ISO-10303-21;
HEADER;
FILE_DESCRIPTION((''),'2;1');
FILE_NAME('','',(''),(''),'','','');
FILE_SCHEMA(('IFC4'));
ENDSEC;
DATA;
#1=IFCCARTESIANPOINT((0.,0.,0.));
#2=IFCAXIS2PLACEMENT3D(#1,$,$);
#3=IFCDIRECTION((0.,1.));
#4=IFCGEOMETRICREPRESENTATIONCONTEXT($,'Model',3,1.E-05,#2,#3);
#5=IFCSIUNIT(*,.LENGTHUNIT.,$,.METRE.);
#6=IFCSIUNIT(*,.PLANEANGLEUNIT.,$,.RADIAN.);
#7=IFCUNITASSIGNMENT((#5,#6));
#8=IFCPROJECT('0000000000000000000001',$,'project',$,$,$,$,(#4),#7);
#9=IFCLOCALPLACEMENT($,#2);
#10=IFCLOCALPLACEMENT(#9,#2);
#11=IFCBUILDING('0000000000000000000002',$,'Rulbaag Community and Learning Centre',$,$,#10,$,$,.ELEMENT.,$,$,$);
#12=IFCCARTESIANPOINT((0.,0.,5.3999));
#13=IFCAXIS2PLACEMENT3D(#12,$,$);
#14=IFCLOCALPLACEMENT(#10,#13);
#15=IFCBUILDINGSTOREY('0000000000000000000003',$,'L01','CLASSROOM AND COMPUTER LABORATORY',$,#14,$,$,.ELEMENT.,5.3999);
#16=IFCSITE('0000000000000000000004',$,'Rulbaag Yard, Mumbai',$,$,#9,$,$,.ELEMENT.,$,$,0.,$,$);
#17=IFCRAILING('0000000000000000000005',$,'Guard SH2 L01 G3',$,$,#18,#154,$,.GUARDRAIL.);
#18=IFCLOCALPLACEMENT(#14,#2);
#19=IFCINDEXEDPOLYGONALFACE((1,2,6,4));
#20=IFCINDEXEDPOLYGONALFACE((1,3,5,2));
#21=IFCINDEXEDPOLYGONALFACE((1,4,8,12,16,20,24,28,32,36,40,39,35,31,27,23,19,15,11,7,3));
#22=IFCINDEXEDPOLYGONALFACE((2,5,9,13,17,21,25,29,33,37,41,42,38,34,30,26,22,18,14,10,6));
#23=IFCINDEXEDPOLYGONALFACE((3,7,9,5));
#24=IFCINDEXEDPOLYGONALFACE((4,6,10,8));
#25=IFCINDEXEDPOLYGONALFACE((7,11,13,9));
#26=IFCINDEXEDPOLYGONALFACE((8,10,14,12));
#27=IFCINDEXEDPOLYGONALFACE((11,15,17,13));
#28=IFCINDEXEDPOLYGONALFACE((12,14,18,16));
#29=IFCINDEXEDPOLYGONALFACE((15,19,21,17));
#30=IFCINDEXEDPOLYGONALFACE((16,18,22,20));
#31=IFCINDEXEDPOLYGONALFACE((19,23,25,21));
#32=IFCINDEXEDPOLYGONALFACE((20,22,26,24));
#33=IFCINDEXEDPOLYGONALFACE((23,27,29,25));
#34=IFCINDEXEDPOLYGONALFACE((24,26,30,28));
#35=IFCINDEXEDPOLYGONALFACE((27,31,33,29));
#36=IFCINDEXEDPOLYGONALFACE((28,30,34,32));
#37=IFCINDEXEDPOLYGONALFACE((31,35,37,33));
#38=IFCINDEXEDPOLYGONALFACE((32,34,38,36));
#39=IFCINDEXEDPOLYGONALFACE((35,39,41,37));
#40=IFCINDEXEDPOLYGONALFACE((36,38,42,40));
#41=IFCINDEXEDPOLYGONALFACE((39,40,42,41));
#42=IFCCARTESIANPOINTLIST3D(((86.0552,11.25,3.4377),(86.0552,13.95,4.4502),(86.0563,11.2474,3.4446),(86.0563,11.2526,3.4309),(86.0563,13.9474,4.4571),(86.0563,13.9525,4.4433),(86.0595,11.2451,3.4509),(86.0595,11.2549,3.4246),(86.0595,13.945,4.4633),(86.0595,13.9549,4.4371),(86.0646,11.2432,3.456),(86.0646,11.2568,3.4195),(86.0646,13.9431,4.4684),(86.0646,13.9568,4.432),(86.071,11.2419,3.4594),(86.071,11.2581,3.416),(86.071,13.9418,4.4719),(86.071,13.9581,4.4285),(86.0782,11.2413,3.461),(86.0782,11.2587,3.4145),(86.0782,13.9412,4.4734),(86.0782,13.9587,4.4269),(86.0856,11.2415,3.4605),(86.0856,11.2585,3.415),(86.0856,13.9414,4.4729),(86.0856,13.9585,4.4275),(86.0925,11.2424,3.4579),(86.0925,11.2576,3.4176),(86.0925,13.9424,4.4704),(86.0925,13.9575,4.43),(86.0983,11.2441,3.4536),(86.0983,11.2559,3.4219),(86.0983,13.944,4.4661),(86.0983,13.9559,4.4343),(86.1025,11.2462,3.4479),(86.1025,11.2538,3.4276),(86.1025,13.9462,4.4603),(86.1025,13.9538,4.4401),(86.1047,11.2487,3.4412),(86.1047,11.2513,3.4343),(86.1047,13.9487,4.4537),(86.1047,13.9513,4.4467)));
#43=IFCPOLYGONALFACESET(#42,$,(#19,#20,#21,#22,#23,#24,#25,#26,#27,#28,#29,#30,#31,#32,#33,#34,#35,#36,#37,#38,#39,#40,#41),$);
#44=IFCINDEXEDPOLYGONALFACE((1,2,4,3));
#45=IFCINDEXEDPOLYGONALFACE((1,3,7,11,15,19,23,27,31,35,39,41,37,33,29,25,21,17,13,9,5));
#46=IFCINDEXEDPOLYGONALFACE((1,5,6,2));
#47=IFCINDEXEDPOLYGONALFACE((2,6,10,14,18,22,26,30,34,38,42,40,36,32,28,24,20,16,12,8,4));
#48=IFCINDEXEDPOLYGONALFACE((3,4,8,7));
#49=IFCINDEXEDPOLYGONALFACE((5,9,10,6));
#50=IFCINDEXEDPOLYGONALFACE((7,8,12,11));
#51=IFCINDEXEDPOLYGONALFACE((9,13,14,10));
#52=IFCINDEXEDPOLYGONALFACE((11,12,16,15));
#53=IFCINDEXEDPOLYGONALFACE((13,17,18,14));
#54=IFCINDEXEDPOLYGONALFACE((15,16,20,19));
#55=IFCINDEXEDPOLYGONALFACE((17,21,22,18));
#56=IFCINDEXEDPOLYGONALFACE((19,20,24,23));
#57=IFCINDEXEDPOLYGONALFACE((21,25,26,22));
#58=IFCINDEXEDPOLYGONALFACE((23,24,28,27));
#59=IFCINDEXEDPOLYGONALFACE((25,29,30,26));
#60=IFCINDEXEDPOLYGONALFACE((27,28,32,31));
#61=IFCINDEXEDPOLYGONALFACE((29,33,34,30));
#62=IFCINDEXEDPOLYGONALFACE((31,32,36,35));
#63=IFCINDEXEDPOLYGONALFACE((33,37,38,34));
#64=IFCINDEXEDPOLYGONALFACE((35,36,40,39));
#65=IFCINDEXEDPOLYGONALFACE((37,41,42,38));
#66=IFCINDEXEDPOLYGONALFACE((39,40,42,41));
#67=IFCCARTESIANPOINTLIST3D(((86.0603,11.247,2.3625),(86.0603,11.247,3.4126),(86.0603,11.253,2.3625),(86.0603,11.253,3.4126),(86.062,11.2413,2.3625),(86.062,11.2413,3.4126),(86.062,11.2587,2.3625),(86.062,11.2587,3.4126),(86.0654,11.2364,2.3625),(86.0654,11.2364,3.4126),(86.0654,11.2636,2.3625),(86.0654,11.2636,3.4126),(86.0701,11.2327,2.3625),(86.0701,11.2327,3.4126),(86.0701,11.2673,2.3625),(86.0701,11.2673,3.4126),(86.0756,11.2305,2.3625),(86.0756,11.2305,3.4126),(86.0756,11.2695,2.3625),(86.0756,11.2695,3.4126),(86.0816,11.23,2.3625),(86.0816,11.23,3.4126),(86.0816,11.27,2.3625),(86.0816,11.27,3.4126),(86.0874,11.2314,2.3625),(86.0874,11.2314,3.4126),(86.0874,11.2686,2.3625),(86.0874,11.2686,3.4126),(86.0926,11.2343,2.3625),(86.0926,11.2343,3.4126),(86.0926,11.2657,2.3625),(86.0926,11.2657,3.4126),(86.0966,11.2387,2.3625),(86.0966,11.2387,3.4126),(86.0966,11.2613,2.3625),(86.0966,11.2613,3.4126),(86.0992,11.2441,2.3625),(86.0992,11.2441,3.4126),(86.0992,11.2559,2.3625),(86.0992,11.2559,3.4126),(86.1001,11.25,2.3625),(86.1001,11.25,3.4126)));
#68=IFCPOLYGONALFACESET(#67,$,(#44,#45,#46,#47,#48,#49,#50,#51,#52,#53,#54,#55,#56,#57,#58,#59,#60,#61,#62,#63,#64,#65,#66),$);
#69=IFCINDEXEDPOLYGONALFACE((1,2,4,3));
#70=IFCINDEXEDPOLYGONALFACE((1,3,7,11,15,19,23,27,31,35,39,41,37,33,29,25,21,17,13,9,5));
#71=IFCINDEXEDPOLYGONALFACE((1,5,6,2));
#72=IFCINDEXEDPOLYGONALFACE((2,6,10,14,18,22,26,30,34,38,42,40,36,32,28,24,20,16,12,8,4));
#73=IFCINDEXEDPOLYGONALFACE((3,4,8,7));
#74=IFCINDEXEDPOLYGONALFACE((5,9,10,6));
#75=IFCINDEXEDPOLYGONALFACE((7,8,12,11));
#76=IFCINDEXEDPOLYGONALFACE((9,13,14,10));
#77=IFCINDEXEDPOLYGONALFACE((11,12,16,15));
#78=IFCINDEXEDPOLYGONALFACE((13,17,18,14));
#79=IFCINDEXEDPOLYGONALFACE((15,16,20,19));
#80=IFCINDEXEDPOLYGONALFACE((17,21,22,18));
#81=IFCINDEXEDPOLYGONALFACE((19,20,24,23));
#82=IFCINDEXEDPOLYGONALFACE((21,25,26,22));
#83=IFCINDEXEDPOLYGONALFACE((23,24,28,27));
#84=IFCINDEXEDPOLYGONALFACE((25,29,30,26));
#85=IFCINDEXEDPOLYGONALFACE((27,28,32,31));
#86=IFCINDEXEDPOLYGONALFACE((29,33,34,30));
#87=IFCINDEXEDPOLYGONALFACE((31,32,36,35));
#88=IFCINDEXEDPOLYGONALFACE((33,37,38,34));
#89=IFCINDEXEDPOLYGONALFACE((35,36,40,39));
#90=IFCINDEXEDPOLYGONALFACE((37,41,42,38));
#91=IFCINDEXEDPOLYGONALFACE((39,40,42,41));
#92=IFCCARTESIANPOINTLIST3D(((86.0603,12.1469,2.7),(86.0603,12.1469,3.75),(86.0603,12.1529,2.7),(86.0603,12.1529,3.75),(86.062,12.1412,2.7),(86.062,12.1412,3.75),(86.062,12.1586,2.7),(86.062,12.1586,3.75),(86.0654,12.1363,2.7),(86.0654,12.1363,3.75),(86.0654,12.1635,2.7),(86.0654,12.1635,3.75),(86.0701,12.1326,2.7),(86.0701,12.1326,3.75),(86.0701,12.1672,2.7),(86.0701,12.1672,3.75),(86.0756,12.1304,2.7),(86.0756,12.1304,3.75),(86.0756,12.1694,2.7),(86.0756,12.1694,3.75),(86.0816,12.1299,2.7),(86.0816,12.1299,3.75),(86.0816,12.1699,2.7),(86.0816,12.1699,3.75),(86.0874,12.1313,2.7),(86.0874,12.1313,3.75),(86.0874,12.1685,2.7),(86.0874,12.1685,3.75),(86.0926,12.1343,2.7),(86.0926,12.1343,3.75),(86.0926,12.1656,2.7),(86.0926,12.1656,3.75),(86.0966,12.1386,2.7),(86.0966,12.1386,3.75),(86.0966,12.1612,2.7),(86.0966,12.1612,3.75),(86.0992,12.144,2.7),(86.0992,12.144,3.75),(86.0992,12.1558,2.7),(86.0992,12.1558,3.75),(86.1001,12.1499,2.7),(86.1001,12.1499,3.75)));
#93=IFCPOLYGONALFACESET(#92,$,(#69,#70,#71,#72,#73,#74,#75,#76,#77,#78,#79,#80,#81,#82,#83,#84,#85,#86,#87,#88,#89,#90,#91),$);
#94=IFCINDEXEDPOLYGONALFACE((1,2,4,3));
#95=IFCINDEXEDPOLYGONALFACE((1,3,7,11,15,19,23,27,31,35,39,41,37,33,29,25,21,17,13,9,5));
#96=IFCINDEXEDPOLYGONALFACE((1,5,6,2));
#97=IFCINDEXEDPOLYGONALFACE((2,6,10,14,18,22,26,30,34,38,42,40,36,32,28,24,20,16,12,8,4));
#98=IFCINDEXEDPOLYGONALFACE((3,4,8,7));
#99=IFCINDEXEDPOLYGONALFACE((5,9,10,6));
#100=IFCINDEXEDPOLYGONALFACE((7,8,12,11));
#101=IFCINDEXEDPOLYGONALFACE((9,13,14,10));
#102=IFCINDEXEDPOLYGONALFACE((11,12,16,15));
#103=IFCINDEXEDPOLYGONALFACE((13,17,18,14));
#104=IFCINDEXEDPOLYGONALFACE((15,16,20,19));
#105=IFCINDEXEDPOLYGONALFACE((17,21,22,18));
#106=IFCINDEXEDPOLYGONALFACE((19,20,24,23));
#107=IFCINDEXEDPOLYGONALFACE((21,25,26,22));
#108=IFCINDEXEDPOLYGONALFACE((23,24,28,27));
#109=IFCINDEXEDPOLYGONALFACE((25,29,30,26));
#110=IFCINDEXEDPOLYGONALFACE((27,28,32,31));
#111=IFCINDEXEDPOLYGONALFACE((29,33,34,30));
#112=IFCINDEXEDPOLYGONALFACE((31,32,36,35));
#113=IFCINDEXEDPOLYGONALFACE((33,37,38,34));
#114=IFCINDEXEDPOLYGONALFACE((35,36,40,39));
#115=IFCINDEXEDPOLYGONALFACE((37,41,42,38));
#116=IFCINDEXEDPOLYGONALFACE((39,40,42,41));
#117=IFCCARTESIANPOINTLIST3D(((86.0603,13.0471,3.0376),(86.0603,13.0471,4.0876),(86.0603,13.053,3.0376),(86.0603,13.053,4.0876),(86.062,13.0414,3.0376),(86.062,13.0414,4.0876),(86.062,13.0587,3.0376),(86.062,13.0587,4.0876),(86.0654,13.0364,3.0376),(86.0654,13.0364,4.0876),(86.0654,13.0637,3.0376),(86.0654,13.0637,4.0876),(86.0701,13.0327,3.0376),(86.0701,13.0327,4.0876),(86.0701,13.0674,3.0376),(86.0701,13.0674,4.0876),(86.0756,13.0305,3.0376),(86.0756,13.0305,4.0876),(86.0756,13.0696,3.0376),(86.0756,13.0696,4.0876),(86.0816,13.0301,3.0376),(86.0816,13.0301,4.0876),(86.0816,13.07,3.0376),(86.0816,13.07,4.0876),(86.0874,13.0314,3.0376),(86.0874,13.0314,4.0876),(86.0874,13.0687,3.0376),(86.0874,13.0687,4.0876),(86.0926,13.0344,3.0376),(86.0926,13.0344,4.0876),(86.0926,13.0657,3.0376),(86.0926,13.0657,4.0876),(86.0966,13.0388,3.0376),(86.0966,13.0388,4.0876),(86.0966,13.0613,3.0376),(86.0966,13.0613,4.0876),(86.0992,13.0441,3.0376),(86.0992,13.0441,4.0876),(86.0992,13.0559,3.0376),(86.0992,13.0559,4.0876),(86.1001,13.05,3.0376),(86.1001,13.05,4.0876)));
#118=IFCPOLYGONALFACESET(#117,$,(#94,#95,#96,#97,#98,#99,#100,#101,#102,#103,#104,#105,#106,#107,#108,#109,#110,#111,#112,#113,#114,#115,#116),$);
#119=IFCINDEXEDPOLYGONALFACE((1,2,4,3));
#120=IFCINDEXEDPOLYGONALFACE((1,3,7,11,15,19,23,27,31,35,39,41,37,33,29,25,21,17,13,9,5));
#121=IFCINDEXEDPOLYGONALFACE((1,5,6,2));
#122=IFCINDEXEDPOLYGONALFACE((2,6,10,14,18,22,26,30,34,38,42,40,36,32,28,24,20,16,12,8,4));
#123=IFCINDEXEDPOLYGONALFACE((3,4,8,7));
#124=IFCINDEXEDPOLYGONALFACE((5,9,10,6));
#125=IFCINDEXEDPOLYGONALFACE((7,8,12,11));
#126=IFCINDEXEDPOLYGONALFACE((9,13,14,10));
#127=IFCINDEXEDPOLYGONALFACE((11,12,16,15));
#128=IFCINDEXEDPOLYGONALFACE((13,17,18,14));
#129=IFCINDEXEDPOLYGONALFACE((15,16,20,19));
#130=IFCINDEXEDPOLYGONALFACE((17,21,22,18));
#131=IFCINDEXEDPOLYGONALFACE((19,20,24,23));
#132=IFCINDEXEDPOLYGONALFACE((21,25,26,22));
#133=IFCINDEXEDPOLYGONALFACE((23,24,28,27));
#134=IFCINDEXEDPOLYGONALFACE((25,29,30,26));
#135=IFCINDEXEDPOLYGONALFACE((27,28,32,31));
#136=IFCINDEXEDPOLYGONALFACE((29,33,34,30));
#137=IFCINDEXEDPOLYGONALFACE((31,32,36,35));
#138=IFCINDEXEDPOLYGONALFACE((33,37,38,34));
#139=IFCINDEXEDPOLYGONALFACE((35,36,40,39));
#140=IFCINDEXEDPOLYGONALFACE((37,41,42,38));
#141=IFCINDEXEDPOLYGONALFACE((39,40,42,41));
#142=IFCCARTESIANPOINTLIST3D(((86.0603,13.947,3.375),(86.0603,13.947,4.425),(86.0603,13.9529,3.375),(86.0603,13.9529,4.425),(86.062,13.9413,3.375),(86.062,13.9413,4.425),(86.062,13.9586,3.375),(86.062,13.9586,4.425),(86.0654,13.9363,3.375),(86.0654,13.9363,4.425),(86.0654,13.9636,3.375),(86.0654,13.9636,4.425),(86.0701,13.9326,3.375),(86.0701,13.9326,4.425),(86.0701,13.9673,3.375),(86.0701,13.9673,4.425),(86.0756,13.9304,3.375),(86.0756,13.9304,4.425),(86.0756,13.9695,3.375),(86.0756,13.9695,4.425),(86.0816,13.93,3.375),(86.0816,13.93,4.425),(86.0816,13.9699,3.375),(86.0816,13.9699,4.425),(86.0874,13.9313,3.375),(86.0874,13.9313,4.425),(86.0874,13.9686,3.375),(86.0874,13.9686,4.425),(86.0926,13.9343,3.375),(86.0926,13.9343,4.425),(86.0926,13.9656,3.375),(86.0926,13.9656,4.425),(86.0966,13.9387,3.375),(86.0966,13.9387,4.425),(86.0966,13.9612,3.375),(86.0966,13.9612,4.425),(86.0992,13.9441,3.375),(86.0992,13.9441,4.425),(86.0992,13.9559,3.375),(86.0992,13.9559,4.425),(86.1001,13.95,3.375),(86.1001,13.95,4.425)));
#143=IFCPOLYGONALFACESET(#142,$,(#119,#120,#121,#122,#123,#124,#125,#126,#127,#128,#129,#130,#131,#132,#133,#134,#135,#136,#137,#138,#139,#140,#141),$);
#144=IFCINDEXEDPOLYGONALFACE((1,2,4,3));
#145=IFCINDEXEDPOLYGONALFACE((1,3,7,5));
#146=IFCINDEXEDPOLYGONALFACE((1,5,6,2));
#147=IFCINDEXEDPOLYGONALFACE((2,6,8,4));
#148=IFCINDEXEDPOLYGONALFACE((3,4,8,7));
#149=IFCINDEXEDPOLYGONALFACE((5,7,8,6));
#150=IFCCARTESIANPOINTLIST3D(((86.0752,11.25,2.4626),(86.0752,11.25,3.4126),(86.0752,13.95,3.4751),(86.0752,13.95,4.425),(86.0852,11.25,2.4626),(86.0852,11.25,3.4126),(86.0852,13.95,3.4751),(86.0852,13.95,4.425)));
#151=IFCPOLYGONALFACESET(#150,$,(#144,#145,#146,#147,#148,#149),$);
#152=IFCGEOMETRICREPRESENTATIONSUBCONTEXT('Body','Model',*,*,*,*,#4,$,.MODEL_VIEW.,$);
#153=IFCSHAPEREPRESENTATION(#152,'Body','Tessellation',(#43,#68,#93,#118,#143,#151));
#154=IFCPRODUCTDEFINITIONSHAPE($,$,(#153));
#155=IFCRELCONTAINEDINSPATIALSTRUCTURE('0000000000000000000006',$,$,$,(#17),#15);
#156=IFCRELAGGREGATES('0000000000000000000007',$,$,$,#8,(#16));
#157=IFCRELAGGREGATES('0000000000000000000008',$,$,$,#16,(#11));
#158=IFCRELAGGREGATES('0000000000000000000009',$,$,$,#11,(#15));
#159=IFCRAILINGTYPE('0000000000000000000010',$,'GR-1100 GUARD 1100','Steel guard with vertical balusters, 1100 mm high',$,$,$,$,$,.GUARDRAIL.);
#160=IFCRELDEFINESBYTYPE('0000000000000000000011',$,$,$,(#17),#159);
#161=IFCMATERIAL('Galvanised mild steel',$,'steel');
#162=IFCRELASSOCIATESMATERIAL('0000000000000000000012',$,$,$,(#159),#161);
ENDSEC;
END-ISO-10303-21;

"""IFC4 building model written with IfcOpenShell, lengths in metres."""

from ifc_helpers import new_model, si_unit, direction, frame, origin, origin_2d, place, context, subcontext, project, spatial, polyline, circle, outline, extrude, material, type_object, element, save


model = new_model("IFC4")

# Units and contexts
model_context = context("Model", 3, precision=1e-05, world=origin(), true_north=direction((0.0, 1.0)))
body_context = subcontext(model_context, "Body", "Model", "MODEL_VIEW")
ifc_project = project(units=[si_unit("LENGTHUNIT", "METRE"), si_unit("PLANEANGLEUNIT", "RADIAN")], contexts=[model_context])

# Site, building, storey
site_placement = place(None, origin())
site = spatial("IfcSite", under=ifc_project, at=site_placement, Name="Rulbaag Yard, Mumbai", CompositionType="ELEMENT", RefElevation=0.0)
building_placement = place(site_placement, origin())
building = spatial("IfcBuilding", under=site, at=building_placement, Name="Rulbaag Community and Learning Centre", CompositionType="ELEMENT")
storey_placement = place(building_placement, frame((0.0, 0.0, 5.3999)))
storey = spatial("IfcBuildingStorey", under=building, at=storey_placement, Name="L01", Description="CLASSROOM AND COMPUTER LABORATORY", CompositionType="ELEMENT", Elevation=5.3999)

# Railing
ifc_material_1 = material(Name="Galvanised mild steel", Category="steel")
railing_type_1 = type_object("IfcRailingType", Name="GR-1100 GUARD 1100", Description="Steel guard with vertical balusters, 1100 mm high", PredefinedType="GUARDRAIL", material=ifc_material_1)
railing_1_placement = place(storey_placement, frame((86.0801, 11.25, 2.3625)))
element("IfcRailing", 1, at=railing_1_placement, inside=storey, type_object=railing_type_1, Name="Guard SH2 L01 G3", PredefinedType="GUARDRAIL", context=body_context, shape_type="SweptSolid", body=[
    extrude(circle(Radius=0.0249, at=origin_2d()), frame((0.0, 0.0, 1.0752), z_axis=(0.0, 0.936333, 0.351114), x_axis=(-1.0, 0.0, 0.0)), (0.0, 0.0, 1.0), 2.8835),
    extrude(circle(Radius=0.02, at=origin_2d()), origin(), (0.0, 0.0, 1.0), 1.05),
    extrude(circle(Radius=0.02, at=origin_2d()), frame((0.0, 0.8999, 0.3374)), (0.0, 0.0, 1.0), 1.05),
    extrude(circle(Radius=0.02, at=origin_2d()), frame((0.0, 1.8, 0.675)), (0.0, 0.0, 1.0), 1.05),
    extrude(circle(Radius=0.02, at=origin_2d()), frame((0.0, 2.7, 1.0125)), (0.0, 0.0, 1.0), 1.05),
    extrude(outline(polyline([(0.0, 0.0), (2.7, 1.0125), (2.7, 1.9624), (0.0, 0.95), (0.0, 0.0)])), frame((-0.0049, 0.0, 0.1001), z_axis=(1.0, 0.0, 0.0), x_axis=(0.0, 1.0, 0.0)), (0.0, 0.0, 1.0), 0.01),
])

save(model, "model.ifc")
